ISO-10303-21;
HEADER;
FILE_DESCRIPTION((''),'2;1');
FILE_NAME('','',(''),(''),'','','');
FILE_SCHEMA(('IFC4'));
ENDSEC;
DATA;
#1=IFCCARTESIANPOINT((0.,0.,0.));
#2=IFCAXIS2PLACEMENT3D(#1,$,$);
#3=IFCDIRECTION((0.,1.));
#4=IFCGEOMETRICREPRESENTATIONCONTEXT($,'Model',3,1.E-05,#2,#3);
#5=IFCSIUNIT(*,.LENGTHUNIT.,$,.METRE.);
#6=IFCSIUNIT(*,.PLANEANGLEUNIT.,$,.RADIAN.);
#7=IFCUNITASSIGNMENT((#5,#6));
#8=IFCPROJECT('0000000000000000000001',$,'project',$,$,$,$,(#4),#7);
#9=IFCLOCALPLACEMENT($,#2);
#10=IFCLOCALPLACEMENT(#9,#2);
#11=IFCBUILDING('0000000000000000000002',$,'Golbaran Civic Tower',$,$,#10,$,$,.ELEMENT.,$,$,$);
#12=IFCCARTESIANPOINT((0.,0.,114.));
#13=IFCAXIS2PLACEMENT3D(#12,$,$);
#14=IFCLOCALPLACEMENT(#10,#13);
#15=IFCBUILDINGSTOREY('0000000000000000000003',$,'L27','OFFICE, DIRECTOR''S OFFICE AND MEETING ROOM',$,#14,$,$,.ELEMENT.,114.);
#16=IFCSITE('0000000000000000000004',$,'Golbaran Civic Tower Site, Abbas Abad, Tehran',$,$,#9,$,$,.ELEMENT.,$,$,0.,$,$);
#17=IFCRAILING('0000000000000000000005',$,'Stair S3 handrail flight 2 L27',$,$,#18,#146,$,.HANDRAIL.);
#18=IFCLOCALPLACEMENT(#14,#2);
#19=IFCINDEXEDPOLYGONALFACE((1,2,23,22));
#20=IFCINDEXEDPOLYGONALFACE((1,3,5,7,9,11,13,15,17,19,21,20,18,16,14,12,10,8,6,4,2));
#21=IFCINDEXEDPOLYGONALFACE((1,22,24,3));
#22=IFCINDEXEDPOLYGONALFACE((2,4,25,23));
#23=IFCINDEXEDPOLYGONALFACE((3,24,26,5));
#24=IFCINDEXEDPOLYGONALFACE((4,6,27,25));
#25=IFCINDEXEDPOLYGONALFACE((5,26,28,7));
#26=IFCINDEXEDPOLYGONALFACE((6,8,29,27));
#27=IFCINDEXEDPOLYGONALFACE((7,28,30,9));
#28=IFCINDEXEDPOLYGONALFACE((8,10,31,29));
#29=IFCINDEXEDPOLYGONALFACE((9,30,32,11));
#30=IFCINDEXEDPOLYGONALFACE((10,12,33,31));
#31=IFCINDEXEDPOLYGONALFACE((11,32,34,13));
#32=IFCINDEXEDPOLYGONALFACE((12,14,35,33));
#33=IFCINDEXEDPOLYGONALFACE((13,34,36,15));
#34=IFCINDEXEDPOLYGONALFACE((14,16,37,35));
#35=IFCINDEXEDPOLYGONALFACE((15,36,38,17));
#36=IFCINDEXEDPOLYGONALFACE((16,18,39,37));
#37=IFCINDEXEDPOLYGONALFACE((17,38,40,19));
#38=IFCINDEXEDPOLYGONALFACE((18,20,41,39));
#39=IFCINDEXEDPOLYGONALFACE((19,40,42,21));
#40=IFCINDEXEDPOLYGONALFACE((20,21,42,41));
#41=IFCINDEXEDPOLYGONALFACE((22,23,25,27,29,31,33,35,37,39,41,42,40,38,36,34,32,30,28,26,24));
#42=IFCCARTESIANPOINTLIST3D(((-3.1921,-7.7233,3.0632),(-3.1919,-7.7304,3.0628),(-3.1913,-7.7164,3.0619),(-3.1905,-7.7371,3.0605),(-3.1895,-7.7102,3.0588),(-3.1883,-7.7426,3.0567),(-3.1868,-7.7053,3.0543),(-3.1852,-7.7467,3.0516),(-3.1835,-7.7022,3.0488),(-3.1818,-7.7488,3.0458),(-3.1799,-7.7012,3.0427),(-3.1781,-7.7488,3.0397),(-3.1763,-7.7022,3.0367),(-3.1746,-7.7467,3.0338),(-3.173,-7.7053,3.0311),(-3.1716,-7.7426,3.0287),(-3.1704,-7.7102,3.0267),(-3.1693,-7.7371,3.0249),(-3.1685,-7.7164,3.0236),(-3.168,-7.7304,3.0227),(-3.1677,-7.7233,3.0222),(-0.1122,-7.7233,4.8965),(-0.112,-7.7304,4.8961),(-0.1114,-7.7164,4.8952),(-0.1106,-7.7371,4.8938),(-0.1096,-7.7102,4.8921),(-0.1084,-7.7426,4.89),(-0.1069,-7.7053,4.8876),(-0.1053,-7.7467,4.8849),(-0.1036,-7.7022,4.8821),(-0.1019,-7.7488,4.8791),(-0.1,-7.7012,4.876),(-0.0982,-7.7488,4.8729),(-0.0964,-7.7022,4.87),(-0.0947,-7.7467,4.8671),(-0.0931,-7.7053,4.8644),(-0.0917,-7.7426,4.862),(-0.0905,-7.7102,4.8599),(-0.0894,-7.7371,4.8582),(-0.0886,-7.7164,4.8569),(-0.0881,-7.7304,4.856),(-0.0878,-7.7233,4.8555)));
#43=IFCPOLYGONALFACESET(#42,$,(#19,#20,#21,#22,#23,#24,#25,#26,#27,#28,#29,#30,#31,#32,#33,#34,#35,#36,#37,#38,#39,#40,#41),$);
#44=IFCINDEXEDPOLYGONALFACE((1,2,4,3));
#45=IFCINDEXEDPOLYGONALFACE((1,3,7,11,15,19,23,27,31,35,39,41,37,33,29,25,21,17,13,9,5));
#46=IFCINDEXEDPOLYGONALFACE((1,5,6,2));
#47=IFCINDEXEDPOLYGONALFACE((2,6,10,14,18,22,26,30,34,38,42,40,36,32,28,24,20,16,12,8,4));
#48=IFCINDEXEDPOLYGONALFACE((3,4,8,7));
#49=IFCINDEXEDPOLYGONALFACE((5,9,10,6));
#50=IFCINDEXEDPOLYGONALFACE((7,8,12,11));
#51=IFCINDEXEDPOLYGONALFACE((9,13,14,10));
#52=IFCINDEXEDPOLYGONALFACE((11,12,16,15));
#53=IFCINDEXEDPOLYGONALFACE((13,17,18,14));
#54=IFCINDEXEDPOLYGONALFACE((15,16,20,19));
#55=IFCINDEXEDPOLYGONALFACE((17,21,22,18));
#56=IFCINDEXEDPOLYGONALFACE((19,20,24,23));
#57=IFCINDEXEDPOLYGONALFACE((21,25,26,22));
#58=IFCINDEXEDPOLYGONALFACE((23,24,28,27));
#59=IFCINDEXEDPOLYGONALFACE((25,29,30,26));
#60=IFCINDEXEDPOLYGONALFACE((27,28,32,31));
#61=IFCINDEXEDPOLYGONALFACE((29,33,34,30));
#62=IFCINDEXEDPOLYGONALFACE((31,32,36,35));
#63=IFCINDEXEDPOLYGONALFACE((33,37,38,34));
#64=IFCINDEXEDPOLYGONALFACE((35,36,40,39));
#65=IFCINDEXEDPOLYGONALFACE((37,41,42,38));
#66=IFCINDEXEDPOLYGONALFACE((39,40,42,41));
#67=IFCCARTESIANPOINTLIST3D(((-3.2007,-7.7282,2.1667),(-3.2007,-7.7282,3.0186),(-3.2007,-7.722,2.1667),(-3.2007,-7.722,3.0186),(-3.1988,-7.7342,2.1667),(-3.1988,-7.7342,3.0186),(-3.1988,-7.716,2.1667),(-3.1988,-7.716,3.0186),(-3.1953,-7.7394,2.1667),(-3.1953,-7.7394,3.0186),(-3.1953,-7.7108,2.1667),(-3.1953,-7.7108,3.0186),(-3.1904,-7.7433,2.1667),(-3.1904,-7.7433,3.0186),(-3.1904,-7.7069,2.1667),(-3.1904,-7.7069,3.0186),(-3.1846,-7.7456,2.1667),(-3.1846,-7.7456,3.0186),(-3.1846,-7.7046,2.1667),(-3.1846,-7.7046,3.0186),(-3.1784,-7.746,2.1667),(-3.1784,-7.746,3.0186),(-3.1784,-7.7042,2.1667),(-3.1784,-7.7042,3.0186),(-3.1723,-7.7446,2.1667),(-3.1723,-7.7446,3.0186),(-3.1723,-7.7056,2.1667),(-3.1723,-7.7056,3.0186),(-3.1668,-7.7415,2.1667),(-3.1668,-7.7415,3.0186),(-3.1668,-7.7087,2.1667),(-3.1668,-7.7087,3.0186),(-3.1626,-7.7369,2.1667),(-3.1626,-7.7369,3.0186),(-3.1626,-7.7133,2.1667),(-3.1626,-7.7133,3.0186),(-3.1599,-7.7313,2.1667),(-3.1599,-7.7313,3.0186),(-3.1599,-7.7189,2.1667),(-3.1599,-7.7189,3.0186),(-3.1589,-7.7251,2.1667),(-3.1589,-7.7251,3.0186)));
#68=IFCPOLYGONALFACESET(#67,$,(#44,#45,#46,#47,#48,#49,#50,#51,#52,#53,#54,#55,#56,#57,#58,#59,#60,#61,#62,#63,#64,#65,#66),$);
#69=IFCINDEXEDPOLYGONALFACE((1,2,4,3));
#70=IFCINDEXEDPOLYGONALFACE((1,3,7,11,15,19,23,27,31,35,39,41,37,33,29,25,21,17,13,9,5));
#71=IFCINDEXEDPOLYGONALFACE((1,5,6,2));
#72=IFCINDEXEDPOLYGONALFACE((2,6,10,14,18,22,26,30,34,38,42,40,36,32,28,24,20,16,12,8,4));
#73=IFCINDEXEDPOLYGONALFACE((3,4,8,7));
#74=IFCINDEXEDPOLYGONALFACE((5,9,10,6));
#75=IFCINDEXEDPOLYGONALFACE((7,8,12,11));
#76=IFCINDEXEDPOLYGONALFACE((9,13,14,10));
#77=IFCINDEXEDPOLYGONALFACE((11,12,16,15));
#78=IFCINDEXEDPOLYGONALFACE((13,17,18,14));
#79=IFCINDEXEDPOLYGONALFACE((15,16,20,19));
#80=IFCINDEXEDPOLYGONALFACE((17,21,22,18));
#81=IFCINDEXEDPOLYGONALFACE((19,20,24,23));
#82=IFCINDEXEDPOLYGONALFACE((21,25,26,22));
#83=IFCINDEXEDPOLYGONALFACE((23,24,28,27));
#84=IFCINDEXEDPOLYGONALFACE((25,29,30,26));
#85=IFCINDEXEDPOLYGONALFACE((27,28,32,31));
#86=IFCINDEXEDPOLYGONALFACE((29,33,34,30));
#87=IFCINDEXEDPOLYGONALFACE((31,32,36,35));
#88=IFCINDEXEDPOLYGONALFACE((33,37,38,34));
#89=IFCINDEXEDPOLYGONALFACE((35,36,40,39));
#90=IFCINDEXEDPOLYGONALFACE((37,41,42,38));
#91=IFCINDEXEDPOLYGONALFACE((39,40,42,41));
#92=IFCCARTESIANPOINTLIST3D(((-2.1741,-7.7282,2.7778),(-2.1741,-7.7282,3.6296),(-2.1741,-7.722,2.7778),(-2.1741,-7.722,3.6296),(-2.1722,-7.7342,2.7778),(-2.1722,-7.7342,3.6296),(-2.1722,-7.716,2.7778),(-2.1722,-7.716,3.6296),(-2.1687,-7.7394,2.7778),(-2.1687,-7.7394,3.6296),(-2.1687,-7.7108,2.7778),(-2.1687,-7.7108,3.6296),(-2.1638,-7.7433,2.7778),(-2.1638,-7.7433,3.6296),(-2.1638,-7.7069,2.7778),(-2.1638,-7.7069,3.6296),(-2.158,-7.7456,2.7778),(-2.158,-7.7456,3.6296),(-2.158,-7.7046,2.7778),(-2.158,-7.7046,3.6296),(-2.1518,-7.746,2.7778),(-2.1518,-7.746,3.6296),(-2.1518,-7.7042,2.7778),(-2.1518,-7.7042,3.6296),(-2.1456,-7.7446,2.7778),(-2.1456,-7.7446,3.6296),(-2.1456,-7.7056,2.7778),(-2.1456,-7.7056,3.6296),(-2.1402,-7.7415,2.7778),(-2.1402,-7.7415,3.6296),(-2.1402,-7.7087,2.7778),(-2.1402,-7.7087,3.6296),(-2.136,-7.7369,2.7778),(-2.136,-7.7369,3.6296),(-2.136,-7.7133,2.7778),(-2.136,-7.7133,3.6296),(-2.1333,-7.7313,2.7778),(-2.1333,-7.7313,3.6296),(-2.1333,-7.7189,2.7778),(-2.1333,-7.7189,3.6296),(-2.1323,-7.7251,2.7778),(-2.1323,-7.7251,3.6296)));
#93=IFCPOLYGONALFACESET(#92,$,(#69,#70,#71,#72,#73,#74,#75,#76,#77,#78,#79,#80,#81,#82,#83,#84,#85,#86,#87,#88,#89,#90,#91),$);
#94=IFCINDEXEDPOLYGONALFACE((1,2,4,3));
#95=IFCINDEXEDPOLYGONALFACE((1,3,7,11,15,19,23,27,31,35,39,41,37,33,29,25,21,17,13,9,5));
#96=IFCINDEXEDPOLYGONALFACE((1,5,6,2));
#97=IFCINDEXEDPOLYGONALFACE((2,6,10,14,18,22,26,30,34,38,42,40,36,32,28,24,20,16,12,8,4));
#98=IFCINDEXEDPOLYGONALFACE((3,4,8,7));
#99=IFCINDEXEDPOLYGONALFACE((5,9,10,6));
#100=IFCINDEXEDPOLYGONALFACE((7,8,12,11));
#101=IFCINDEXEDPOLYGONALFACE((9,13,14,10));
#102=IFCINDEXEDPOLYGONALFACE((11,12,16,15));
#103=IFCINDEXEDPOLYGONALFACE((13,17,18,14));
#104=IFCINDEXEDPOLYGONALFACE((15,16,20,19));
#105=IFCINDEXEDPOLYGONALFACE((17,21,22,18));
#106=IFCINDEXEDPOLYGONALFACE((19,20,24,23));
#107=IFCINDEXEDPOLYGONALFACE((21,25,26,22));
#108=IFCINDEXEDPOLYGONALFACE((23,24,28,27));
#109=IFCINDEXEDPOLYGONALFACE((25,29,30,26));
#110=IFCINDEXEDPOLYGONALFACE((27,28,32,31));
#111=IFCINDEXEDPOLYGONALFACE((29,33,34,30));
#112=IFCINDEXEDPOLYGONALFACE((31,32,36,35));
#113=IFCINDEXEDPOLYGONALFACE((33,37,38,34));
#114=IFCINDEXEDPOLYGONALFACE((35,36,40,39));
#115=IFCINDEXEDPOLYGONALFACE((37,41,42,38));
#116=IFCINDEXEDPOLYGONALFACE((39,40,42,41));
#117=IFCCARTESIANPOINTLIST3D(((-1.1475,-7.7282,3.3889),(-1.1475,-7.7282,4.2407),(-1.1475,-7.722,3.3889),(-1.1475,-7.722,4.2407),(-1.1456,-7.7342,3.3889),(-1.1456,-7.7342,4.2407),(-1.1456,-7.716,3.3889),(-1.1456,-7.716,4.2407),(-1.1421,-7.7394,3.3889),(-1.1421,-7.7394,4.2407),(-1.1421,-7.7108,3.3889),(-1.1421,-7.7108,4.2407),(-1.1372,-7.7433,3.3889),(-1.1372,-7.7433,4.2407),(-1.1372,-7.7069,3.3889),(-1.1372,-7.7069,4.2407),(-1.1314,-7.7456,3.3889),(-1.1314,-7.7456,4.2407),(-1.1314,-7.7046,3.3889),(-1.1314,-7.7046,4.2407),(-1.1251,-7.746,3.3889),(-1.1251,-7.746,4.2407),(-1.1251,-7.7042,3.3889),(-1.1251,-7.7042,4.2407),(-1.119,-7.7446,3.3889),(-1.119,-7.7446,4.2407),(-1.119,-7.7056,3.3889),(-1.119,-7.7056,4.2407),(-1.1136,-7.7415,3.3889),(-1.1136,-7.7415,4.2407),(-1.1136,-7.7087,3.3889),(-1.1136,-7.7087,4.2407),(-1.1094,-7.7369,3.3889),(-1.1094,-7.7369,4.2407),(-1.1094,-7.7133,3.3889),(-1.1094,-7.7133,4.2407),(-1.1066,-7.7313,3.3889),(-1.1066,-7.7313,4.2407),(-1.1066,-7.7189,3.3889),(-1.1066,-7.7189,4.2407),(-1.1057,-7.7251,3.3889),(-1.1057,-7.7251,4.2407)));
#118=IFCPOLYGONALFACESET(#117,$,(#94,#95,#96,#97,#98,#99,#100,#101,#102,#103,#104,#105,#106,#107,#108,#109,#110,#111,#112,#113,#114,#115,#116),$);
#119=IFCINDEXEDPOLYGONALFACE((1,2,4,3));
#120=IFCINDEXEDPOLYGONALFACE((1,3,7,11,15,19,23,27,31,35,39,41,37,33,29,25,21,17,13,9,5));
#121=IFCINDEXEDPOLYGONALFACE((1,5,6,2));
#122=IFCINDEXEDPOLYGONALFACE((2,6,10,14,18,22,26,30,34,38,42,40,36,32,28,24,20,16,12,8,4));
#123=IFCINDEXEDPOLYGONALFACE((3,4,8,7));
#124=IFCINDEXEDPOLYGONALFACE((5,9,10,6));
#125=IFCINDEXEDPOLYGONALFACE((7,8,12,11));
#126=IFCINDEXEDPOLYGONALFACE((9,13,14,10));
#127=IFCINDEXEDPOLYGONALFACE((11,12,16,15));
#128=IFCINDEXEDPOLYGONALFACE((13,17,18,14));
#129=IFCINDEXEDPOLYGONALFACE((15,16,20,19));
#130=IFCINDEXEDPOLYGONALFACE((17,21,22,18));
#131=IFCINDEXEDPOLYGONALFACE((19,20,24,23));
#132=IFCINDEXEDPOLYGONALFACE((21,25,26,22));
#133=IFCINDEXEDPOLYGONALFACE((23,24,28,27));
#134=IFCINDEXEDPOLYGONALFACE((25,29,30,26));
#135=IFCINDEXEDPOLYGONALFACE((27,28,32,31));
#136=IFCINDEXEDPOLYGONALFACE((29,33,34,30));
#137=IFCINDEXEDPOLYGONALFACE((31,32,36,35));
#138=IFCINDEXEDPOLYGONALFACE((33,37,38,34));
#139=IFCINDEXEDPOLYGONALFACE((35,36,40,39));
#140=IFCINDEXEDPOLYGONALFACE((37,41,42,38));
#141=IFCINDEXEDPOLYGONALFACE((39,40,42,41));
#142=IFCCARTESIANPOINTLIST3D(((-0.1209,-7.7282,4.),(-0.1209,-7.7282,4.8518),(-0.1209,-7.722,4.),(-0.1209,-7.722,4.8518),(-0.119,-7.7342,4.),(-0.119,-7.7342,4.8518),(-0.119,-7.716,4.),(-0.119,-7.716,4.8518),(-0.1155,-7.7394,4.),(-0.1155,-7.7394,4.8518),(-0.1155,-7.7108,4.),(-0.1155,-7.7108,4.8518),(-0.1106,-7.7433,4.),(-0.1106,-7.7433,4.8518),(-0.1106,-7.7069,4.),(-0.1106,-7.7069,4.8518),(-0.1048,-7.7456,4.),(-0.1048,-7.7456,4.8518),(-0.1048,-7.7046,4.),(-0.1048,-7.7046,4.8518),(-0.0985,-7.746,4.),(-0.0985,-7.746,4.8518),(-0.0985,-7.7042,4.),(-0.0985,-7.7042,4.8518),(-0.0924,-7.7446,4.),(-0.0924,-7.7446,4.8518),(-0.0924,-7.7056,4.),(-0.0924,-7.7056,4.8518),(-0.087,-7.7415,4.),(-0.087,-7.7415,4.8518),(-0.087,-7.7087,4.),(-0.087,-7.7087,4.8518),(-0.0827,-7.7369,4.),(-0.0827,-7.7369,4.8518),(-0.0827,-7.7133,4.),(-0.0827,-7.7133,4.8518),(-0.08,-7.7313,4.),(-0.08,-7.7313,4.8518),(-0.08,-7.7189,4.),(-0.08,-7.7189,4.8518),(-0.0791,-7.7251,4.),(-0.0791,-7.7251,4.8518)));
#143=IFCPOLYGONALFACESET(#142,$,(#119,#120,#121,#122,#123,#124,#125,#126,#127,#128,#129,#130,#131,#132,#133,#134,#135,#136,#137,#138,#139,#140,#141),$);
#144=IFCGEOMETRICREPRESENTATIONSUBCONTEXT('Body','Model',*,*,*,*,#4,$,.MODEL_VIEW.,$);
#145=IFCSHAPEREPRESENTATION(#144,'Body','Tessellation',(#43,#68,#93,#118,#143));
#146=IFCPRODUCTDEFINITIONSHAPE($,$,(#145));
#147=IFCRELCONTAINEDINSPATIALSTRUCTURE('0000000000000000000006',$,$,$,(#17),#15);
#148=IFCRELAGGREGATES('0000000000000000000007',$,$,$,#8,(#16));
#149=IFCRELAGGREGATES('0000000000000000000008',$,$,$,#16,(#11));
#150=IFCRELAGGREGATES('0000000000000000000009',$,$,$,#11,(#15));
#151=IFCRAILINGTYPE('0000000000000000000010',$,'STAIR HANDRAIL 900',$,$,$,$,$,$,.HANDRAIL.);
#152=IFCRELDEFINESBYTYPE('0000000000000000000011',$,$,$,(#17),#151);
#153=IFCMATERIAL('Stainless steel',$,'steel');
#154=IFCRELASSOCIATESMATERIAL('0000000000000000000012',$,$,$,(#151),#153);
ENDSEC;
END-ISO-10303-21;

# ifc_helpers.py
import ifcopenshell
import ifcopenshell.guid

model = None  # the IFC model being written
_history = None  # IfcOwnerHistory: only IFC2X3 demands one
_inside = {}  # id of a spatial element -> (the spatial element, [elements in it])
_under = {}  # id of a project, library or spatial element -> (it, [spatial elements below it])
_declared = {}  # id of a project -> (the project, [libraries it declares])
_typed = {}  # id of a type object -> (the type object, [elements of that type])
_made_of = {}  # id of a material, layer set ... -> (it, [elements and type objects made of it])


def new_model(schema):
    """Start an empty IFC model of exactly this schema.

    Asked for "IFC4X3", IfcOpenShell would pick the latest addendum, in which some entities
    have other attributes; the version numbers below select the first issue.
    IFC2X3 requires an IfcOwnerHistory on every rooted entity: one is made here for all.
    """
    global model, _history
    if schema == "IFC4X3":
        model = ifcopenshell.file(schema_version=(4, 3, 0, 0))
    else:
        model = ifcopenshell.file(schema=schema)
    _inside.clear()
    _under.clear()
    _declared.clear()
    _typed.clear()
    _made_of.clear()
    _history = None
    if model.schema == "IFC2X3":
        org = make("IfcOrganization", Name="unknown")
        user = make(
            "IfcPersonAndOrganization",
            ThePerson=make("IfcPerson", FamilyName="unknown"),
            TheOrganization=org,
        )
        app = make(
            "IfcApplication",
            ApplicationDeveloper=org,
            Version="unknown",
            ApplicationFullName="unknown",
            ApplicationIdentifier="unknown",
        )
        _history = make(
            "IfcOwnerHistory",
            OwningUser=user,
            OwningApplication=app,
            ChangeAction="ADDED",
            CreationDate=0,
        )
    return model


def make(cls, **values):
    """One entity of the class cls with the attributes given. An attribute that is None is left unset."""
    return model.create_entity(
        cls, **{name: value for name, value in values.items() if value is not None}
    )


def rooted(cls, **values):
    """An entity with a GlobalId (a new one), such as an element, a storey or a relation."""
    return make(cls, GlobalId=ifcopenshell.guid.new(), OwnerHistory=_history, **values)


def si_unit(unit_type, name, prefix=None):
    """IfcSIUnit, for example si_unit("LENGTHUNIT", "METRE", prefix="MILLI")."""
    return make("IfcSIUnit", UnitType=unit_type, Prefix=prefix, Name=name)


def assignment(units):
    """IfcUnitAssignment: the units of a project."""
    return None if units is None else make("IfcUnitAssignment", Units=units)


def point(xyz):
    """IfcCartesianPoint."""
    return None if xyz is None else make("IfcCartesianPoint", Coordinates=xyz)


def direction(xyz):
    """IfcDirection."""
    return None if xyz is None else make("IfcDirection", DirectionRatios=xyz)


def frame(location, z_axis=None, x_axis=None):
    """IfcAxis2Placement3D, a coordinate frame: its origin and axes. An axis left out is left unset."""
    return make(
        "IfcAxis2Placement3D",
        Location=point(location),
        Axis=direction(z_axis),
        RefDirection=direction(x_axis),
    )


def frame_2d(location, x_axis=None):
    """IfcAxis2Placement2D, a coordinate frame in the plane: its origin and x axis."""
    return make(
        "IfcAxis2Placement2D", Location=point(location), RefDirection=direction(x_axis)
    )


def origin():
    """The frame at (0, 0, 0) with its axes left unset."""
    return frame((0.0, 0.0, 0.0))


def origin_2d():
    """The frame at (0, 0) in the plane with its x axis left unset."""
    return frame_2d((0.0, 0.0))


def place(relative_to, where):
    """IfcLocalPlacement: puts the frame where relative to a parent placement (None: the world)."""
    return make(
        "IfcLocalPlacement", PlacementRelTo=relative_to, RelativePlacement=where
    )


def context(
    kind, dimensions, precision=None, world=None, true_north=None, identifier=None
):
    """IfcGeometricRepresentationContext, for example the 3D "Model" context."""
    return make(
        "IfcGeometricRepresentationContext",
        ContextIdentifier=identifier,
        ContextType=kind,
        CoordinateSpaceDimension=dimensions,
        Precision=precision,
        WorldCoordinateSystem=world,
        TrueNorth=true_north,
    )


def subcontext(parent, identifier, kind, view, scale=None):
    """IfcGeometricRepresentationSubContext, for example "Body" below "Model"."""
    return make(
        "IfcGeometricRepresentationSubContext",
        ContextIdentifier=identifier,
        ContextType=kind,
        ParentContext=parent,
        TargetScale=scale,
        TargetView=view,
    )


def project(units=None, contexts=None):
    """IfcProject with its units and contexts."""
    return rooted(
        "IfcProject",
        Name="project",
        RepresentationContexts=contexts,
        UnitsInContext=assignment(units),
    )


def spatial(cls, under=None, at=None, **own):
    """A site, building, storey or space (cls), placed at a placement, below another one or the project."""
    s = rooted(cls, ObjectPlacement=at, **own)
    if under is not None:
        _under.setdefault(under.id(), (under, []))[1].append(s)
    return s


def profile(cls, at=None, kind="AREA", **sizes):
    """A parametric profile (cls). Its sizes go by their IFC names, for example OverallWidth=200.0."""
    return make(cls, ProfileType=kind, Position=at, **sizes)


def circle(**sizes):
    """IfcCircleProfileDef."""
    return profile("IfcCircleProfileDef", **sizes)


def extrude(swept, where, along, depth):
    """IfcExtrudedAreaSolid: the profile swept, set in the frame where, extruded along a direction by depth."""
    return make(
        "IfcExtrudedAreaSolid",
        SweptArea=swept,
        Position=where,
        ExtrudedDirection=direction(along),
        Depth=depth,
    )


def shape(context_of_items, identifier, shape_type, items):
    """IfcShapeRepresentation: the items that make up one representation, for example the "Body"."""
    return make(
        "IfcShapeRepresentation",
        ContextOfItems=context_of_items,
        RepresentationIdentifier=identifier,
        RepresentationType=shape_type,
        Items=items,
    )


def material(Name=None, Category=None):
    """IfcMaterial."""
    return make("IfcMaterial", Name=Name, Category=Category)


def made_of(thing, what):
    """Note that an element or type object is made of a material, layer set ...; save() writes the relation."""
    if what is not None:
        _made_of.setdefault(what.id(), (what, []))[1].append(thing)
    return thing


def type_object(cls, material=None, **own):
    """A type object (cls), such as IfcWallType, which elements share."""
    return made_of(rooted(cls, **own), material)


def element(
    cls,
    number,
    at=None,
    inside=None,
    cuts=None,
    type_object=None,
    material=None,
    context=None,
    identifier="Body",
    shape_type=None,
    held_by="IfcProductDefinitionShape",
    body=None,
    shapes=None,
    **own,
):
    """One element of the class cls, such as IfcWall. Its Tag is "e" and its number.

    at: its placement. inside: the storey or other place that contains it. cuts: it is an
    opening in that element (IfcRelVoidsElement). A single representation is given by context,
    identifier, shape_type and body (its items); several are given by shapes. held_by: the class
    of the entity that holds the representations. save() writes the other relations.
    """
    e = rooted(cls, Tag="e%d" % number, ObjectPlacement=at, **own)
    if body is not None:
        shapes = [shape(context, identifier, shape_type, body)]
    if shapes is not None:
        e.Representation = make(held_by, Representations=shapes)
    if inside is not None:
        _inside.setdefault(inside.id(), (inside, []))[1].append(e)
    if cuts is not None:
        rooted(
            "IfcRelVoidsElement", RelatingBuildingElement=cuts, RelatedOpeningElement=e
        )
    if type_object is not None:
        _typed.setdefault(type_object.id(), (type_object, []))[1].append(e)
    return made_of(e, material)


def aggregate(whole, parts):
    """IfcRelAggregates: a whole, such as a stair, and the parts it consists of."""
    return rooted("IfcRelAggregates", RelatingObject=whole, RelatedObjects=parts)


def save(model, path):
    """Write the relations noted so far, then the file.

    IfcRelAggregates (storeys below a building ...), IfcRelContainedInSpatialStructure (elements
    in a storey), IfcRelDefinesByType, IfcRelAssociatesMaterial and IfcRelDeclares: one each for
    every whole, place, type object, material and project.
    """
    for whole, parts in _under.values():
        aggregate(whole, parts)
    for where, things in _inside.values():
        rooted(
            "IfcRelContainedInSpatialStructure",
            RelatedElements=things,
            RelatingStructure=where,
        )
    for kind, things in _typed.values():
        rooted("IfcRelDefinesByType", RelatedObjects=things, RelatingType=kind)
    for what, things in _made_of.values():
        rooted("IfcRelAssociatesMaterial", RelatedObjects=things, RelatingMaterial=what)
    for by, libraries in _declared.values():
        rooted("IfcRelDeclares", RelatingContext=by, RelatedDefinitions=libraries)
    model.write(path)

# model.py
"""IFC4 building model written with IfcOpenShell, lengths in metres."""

from ifc_helpers import new_model, si_unit, direction, frame, origin, origin_2d, place, context, subcontext, project, spatial, circle, extrude, material, type_object, element, save


model = new_model("IFC4")

# Units and contexts
model_context = context("Model", 3, precision=1e-05, world=origin(), true_north=direction((0.0, 1.0)))
body_context = subcontext(model_context, "Body", "Model", "MODEL_VIEW")
ifc_project = project(units=[si_unit("LENGTHUNIT", "METRE"), si_unit("PLANEANGLEUNIT", "RADIAN")], contexts=[model_context])

# Site, building, storey
site_placement = place(None, origin())
site = spatial("IfcSite", under=ifc_project, at=site_placement, Name="Golbaran Civic Tower Site, Abbas Abad, Tehran", CompositionType="ELEMENT", RefElevation=0.0)
building_placement = place(site_placement, origin())
building = spatial("IfcBuilding", under=site, at=building_placement, Name="Golbaran Civic Tower", CompositionType="ELEMENT")
storey_placement = place(building_placement, frame((0.0, 0.0, 114.0)))
storey = spatial("IfcBuildingStorey", under=building, at=storey_placement, Name="L27", Description="OFFICE, DIRECTOR'S OFFICE AND MEETING ROOM", CompositionType="ELEMENT", Elevation=114.0)

# Shared definitions
ifc_material_1 = material(Name="Stainless steel", Category="steel")

# Railing
railing_type = type_object("IfcRailingType", Name="STAIR HANDRAIL 900", PredefinedType="HANDRAIL", material=ifc_material_1)
railing_1_placement = place(storey_placement, frame((-3.1799, -7.7251, 2.1667)))
element("IfcRailing", 1, at=railing_1_placement, inside=storey, type_object=railing_type, Name="Stair S3 handrail flight 2 L27", PredefinedType="HANDRAIL", context=body_context, shape_type="SweptSolid", body=[
    extrude(circle(Radius=0.0239, at=origin_2d()), frame((0.0, 0.0, 0.876), z_axis=(0.859291, 0.0, 0.511487), x_axis=(0.0, 1.0, 0.0)), (0.0, 0.0, 1.0), 3.5842),
    extrude(circle(Radius=0.021, at=origin_2d()), origin(), (0.0, 0.0, 1.0), 0.8518),
    extrude(circle(Radius=0.021, at=origin_2d()), frame((1.0266, 0.0, 0.6111)), (0.0, 0.0, 1.0), 0.8518),
    extrude(circle(Radius=0.021, at=origin_2d()), frame((2.0532, 0.0, 1.2222)), (0.0, 0.0, 1.0), 0.8518),
    extrude(circle(Radius=0.021, at=origin_2d()), frame((3.0798, 0.0, 1.8333)), (0.0, 0.0, 1.0), 0.8518),
])

save(model, "model.ifc")
